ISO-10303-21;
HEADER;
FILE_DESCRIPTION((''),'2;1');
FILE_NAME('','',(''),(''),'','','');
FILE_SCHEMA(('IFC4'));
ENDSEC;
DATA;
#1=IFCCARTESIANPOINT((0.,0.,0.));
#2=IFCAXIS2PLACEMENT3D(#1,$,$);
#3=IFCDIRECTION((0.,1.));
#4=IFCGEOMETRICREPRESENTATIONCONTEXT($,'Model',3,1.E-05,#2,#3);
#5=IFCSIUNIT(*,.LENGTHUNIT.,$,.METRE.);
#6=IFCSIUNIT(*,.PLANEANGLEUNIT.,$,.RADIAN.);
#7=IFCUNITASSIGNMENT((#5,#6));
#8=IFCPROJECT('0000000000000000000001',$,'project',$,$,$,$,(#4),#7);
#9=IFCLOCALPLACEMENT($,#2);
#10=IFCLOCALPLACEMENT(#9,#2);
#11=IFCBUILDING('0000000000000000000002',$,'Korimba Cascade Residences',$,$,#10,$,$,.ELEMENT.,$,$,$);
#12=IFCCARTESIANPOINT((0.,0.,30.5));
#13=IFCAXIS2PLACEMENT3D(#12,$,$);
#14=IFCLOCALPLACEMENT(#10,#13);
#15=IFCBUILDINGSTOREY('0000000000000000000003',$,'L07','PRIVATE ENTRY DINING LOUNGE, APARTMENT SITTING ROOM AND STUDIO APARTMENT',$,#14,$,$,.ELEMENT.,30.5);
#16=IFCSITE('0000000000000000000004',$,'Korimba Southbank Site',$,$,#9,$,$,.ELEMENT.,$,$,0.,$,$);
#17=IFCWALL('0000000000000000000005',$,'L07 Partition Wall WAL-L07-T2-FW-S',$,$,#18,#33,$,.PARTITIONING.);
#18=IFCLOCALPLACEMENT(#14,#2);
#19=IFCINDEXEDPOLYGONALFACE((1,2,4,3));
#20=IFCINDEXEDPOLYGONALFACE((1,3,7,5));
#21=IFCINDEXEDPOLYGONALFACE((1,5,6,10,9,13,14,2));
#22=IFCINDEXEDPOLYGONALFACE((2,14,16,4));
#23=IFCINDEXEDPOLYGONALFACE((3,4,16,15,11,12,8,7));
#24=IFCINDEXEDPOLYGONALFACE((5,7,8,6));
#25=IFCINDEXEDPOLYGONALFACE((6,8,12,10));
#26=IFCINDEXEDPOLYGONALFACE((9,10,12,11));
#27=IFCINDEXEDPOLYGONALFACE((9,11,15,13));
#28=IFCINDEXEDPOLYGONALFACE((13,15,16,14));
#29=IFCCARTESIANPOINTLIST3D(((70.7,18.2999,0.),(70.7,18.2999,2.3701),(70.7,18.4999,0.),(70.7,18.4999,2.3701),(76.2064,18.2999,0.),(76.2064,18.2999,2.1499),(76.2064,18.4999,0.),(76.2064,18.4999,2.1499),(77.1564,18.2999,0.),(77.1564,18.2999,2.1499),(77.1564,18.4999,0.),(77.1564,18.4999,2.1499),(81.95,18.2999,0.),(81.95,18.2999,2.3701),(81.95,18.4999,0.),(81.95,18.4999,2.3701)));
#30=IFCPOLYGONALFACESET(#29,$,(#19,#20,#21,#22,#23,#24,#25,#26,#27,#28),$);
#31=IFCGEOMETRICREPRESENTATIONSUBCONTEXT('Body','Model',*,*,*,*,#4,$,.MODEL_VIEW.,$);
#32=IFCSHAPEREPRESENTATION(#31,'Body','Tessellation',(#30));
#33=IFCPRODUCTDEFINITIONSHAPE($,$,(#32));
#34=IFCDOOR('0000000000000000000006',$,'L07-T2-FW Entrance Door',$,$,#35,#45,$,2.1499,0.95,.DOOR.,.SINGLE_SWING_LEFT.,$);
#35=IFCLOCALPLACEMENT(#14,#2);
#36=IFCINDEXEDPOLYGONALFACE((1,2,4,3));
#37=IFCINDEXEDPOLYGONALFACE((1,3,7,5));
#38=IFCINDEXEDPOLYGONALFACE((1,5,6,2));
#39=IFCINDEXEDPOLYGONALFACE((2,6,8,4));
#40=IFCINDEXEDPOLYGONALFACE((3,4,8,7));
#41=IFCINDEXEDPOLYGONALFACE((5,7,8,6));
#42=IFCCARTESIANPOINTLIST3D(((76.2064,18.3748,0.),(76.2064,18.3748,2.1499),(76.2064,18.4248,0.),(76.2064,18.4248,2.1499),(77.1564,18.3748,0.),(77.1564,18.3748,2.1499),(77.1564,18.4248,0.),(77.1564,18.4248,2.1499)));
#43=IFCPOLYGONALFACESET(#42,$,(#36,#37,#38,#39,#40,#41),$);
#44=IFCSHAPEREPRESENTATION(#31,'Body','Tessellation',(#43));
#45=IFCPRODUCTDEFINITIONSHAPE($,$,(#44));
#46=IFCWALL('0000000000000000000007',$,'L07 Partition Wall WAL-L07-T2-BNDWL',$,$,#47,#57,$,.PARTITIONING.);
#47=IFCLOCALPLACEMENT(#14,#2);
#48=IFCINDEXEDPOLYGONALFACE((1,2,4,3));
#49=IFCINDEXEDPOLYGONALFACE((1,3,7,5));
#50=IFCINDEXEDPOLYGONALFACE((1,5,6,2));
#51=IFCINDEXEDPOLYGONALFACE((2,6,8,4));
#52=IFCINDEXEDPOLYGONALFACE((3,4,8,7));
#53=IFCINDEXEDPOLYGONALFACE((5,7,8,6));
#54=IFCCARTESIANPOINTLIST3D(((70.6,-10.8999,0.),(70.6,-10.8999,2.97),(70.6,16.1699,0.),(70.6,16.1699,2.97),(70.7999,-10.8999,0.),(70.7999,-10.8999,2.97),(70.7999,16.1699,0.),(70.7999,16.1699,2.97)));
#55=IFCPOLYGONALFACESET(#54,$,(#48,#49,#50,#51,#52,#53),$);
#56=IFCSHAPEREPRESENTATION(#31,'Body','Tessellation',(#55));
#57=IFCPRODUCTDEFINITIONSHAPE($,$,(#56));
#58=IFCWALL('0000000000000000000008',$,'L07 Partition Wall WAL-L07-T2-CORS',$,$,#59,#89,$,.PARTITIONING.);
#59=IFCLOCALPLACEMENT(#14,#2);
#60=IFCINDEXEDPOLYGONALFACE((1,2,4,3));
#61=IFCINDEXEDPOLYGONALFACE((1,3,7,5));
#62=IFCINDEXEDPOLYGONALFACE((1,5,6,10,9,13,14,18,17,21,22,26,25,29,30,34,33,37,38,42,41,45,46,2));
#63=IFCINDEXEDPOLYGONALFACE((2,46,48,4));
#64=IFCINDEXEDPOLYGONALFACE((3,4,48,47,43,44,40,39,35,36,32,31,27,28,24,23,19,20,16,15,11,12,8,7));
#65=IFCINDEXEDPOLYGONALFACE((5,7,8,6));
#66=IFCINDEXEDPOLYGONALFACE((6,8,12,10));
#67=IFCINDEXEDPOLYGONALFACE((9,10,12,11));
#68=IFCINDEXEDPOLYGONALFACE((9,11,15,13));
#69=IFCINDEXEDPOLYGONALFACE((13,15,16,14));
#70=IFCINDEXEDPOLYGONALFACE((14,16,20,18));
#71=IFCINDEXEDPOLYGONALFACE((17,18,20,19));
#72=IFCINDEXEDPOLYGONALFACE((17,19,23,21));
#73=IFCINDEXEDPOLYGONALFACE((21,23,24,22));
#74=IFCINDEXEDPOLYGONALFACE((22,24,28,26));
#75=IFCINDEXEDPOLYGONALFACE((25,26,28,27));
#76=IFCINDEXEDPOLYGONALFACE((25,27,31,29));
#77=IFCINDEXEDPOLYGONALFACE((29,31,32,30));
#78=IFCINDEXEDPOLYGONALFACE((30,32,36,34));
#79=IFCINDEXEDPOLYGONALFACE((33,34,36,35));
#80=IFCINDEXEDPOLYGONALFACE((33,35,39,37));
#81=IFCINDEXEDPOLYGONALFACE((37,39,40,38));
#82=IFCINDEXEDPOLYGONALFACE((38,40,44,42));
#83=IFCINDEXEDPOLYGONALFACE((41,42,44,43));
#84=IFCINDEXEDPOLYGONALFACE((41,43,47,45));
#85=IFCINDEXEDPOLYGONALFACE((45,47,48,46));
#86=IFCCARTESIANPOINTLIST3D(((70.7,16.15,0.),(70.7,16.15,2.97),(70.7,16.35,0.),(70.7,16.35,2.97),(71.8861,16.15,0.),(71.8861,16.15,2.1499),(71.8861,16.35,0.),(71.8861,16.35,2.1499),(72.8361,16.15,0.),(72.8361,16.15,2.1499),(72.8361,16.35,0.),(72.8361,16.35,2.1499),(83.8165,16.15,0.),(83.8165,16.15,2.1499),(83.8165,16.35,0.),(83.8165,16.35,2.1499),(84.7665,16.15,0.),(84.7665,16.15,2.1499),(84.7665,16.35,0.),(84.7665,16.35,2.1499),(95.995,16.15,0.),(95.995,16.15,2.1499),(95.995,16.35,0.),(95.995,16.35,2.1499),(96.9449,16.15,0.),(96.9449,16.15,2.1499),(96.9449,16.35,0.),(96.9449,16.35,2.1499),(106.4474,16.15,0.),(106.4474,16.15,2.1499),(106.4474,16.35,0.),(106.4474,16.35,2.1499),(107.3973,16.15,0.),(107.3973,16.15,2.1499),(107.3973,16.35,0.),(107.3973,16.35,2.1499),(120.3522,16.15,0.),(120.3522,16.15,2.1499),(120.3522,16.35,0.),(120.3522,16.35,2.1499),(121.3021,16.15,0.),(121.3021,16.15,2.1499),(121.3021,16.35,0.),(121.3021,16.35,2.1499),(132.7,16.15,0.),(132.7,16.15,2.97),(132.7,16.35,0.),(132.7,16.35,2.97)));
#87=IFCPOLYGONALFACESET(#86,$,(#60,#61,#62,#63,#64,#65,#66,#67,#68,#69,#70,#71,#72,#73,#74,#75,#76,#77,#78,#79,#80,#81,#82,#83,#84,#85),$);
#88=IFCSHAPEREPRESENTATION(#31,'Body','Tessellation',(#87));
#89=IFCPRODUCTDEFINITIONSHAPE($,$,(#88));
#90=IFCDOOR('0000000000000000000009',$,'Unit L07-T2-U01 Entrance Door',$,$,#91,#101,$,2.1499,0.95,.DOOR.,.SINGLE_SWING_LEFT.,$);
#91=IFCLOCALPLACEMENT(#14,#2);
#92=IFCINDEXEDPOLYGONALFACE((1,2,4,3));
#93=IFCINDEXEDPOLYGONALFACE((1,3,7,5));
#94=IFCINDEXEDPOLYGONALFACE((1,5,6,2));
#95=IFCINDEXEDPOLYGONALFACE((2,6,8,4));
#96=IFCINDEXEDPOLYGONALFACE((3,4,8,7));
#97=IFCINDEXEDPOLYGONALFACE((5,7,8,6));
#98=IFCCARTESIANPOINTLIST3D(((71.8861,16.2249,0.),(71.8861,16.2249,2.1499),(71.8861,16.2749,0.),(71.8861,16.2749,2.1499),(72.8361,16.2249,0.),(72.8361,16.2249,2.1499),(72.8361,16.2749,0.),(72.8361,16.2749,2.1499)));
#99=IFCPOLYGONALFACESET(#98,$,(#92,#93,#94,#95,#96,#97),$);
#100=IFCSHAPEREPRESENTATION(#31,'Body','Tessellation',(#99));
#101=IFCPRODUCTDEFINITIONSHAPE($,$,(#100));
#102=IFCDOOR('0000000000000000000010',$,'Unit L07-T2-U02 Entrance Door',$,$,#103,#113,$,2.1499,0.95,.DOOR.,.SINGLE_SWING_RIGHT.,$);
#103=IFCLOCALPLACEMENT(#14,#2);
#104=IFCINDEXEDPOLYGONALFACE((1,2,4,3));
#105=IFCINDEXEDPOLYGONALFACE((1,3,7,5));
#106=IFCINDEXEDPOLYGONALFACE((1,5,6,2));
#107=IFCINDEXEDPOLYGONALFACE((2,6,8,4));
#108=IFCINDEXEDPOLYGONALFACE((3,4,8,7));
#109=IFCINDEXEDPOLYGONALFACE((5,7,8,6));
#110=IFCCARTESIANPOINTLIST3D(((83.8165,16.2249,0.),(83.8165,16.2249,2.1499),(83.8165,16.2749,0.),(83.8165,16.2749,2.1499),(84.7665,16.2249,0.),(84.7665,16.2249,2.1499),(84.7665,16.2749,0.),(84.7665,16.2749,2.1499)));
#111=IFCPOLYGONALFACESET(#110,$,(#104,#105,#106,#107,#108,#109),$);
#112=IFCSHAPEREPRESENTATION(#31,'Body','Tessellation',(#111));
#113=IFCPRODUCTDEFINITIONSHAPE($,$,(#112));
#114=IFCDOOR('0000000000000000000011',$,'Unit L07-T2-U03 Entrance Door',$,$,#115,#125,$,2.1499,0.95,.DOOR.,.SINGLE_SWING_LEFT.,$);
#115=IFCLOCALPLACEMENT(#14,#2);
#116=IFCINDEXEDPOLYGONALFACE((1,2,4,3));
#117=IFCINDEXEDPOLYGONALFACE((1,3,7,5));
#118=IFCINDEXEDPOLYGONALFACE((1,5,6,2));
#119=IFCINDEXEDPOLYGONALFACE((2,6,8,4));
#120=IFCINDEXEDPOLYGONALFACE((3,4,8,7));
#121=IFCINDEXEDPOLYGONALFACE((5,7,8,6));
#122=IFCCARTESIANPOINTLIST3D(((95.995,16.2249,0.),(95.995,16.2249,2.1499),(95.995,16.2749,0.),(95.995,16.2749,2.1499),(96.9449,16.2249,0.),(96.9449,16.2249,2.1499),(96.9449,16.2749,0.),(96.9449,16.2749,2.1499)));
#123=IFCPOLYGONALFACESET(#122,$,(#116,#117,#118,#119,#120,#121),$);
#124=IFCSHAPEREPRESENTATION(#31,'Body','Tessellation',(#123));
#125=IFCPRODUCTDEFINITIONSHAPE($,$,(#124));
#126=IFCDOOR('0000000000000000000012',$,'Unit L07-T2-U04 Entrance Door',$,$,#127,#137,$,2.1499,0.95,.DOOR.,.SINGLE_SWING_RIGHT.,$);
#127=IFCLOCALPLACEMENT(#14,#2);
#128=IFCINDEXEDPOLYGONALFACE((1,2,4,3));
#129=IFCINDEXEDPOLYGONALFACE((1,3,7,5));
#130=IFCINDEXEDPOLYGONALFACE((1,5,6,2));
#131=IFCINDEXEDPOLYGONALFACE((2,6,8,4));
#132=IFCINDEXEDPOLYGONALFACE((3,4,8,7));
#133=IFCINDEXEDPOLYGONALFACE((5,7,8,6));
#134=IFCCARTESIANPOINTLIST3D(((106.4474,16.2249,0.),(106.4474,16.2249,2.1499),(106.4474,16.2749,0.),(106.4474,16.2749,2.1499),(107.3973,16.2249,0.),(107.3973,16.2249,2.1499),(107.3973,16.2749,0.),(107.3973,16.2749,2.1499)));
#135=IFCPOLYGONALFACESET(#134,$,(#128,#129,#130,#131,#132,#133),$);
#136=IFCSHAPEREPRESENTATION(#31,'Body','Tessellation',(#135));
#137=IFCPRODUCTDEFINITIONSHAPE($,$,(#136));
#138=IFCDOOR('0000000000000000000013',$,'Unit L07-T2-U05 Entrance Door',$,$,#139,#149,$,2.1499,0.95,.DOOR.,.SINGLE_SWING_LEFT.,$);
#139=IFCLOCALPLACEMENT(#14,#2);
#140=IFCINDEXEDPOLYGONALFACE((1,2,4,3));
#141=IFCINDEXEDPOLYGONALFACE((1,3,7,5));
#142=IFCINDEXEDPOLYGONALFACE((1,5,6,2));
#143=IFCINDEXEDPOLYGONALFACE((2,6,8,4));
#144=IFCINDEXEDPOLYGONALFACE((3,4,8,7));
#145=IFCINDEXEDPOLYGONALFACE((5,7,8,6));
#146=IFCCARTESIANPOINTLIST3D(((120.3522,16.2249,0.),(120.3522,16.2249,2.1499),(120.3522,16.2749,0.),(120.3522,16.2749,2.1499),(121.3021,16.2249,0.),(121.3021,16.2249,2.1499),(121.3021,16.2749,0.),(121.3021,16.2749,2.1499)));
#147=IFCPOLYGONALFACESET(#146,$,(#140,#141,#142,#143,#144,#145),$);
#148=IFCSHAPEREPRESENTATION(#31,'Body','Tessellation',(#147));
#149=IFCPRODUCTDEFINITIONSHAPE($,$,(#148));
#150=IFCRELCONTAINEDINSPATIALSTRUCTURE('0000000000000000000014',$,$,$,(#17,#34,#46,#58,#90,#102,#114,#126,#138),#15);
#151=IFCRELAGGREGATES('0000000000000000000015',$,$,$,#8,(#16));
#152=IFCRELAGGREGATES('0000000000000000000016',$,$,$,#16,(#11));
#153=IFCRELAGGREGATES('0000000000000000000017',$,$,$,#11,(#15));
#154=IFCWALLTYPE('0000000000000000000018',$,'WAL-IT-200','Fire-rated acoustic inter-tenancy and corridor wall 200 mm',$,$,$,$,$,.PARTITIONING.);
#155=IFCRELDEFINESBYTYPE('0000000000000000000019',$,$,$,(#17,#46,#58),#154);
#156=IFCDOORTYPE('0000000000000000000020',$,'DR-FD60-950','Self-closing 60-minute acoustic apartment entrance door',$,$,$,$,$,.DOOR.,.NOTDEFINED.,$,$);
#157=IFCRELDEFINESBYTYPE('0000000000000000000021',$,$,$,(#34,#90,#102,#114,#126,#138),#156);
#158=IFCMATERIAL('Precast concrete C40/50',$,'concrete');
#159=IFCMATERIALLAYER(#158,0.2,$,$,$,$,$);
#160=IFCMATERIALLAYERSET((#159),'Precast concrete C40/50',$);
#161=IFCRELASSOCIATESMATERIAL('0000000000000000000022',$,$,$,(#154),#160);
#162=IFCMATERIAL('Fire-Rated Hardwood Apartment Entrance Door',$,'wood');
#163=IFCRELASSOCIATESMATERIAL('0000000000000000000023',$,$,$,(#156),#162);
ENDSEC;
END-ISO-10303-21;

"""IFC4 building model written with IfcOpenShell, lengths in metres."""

from ifc_helpers import new_model, si_unit, direction, frame, frame_2d, origin, place, context, subcontext, project, spatial, rectangle, extrude, material, layer, layer_set, type_object, element, fill, save


model = new_model("IFC4")

# Units and contexts
model_context = context("Model", 3, precision=1e-05, world=origin(), true_north=direction((0.0, 1.0)))
body_context = subcontext(model_context, "Body", "Model", "MODEL_VIEW")
ifc_project = project(units=[si_unit("LENGTHUNIT", "METRE"), si_unit("PLANEANGLEUNIT", "RADIAN")], contexts=[model_context])

# Site, building, storey
site_placement = place(None, origin())
site = spatial("IfcSite", under=ifc_project, at=site_placement, Name="Korimba Southbank Site", CompositionType="ELEMENT", RefElevation=0.0)
building_placement = place(site_placement, origin())
building = spatial("IfcBuilding", under=site, at=building_placement, Name="Korimba Cascade Residences", CompositionType="ELEMENT")
storey_placement = place(building_placement, frame((0.0, 0.0, 30.5)))
storey = spatial("IfcBuildingStorey", under=building, at=storey_placement, Name="L07", Description="PRIVATE ENTRY DINING LOUNGE, APARTMENT SITTING ROOM AND STUDIO APARTMENT", CompositionType="ELEMENT", Elevation=30.5)

# Shared definitions
ifc_material_1 = material(Name="Precast concrete C40/50", Category="concrete")

# Shared definitions
ifc_layer_1 = layer(ifc_material_1, 0.2)
ifc_layer_set_1 = layer_set([ifc_layer_1], Name="Precast concrete C40/50")
wall_type_1 = type_object("IfcWallType", Name="WAL-IT-200", Description="Fire-rated acoustic inter-tenancy and corridor wall 200 mm", PredefinedType="PARTITIONING", material=ifc_layer_set_1)

# Wall, opening, door
wall_1_placement = place(storey_placement, frame((70.7, 18.3999, 0.0), z_axis=(0.0, 0.0, 1.0), x_axis=(1.0, 0.0, 0.0)))
wall_1 = element("IfcWall", 1, at=wall_1_placement, inside=storey, type_object=wall_type_1, Name="L07 Partition Wall WAL-L07-T2-FW-S", PredefinedType="PARTITIONING", context=body_context, shape_type="SweptSolid", body=[
    extrude(rectangle(XDim=11.25, YDim=0.2, at=frame_2d((5.625, 0.0))), origin(), (0.0, 0.0, 1.0), 2.3701),
])
opening_1_placement = place(wall_1_placement, frame((5.5063, 0.0, 0.0)))
opening_1 = element("IfcOpeningElement", 2, at=opening_1_placement, cuts=wall_1, PredefinedType="OPENING", context=body_context, shape_type="SweptSolid", body=[
    extrude(rectangle(XDim=0.95, YDim=2.1499, at=frame_2d((0.4751, 1.075))), frame((0.0, 0.1099, 0.0), z_axis=(0.0, -1.0, 0.0), x_axis=(1.0, 0.0, 0.0)), (0.0, 0.0, 1.0), 0.22),
])
ifc_material_2 = material(Name="Fire-Rated Hardwood Apartment Entrance Door", Category="wood")
door_type_1 = type_object("IfcDoorType", Name="DR-FD60-950", Description="Self-closing 60-minute acoustic apartment entrance door", OperationType="NOTDEFINED", PredefinedType="DOOR", material=ifc_material_2)
door_1_placement = place(opening_1_placement, origin())
door_1 = element("IfcDoor", 3, at=door_1_placement, inside=storey, type_object=door_type_1, Name="L07-T2-FW Entrance Door", OperationType="SINGLE_SWING_LEFT", OverallHeight=2.1499, OverallWidth=0.95, PredefinedType="DOOR", context=body_context, shape_type="SweptSolid", body=[
    extrude(rectangle(XDim=0.95, YDim=2.1499, at=frame_2d((0.4751, 1.075))), frame((0.0, 0.0249, 0.0), z_axis=(0.0, -1.0, 0.0), x_axis=(1.0, 0.0, 0.0)), (0.0, 0.0, 1.0), 0.05),
])
fill(opening_1, door_1)

# Wall
wall_2_placement = place(storey_placement, frame((70.7, -10.8999, 0.0), z_axis=(0.0, 0.0, 1.0), x_axis=(0.0, 1.0, 0.0)))
element("IfcWall", 4, at=wall_2_placement, inside=storey, type_object=wall_type_1, Name="L07 Partition Wall WAL-L07-T2-BNDWL", PredefinedType="PARTITIONING", context=body_context, shape_type="SweptSolid", body=[
    extrude(rectangle(XDim=27.0698, YDim=0.2, at=frame_2d((13.5349, 0.0))), origin(), (0.0, 0.0, 1.0), 2.97),
])

# Wall, openings, doors
wall_3_placement = place(storey_placement, frame((70.7, 16.25, 0.0), z_axis=(0.0, 0.0, 1.0), x_axis=(1.0, 0.0, 0.0)))
wall_3 = element("IfcWall", 5, at=wall_3_placement, inside=storey, type_object=wall_type_1, Name="L07 Partition Wall WAL-L07-T2-CORS", PredefinedType="PARTITIONING", context=body_context, shape_type="SweptSolid", body=[
    extrude(rectangle(XDim=62.0, YDim=0.2, at=frame_2d((31.0, 0.0))), origin(), (0.0, 0.0, 1.0), 2.97),
])
opening_2_placement = place(wall_3_placement, frame((1.186, 0.0, 0.0)))
opening_2 = element("IfcOpeningElement", 6, at=opening_2_placement, cuts=wall_3, PredefinedType="OPENING", context=body_context, shape_type="SweptSolid", body=[
    extrude(rectangle(XDim=0.95, YDim=2.1499, at=frame_2d((0.4751, 1.075))), frame((0.0, 0.1099, 0.0), z_axis=(0.0, -1.0, 0.0), x_axis=(1.0, 0.0, 0.0)), (0.0, 0.0, 1.0), 0.22),
])
opening_3_placement = place(wall_3_placement, frame((13.1165, 0.0, 0.0)))
opening_3 = element("IfcOpeningElement", 7, at=opening_3_placement, cuts=wall_3, PredefinedType="OPENING", context=body_context, shape_type="SweptSolid", body=[
    extrude(rectangle(XDim=0.95, YDim=2.1499, at=frame_2d((0.4751, 1.075))), frame((0.0, 0.1099, 0.0), z_axis=(0.0, -1.0, 0.0), x_axis=(1.0, 0.0, 0.0)), (0.0, 0.0, 1.0), 0.22),
])
opening_4_placement = place(wall_3_placement, frame((25.2949, 0.0, 0.0)))
opening_4 = element("IfcOpeningElement", 8, at=opening_4_placement, cuts=wall_3, PredefinedType="OPENING", context=body_context, shape_type="SweptSolid", body=[
    extrude(rectangle(XDim=0.95, YDim=2.1499, at=frame_2d((0.4751, 1.075))), frame((0.0, 0.1099, 0.0), z_axis=(0.0, -1.0, 0.0), x_axis=(1.0, 0.0, 0.0)), (0.0, 0.0, 1.0), 0.22),
])
opening_5_placement = place(wall_3_placement, frame((35.7473, 0.0, 0.0)))
opening_5 = element("IfcOpeningElement", 9, at=opening_5_placement, cuts=wall_3, PredefinedType="OPENING", context=body_context, shape_type="SweptSolid", body=[
    extrude(rectangle(XDim=0.95, YDim=2.1499, at=frame_2d((0.4751, 1.075))), frame((0.0, 0.1099, 0.0), z_axis=(0.0, -1.0, 0.0), x_axis=(1.0, 0.0, 0.0)), (0.0, 0.0, 1.0), 0.22),
])
opening_6_placement = place(wall_3_placement, frame((49.6521, 0.0, 0.0)))
opening_6 = element("IfcOpeningElement", 10, at=opening_6_placement, cuts=wall_3, PredefinedType="OPENING", context=body_context, shape_type="SweptSolid", body=[
    extrude(rectangle(XDim=0.95, YDim=2.1499, at=frame_2d((0.4751, 1.075))), frame((0.0, 0.1099, 0.0), z_axis=(0.0, -1.0, 0.0), x_axis=(1.0, 0.0, 0.0)), (0.0, 0.0, 1.0), 0.22),
])
door_2_placement = place(opening_2_placement, origin())
door_2 = element("IfcDoor", 11, at=door_2_placement, inside=storey, type_object=door_type_1, Name="Unit L07-T2-U01 Entrance Door", OperationType="SINGLE_SWING_LEFT", OverallHeight=2.1499, OverallWidth=0.95, PredefinedType="DOOR", context=body_context, shape_type="SweptSolid", body=[
    extrude(rectangle(XDim=0.95, YDim=2.1499, at=frame_2d((0.4751, 1.075))), frame((0.0, 0.0249, 0.0), z_axis=(0.0, -1.0, 0.0), x_axis=(1.0, 0.0, 0.0)), (0.0, 0.0, 1.0), 0.05),
])
fill(opening_2, door_2)
door_3_placement = place(opening_3_placement, origin())
door_3 = element("IfcDoor", 12, at=door_3_placement, inside=storey, type_object=door_type_1, Name="Unit L07-T2-U02 Entrance Door", OperationType="SINGLE_SWING_RIGHT", OverallHeight=2.1499, OverallWidth=0.95, PredefinedType="DOOR", context=body_context, shape_type="SweptSolid", body=[
    extrude(rectangle(XDim=0.95, YDim=2.1499, at=frame_2d((0.4751, 1.075))), frame((0.0, 0.0249, 0.0), z_axis=(0.0, -1.0, 0.0), x_axis=(1.0, 0.0, 0.0)), (0.0, 0.0, 1.0), 0.05),
])
fill(opening_3, door_3)
door_4_placement = place(opening_4_placement, origin())
door_4 = element("IfcDoor", 13, at=door_4_placement, inside=storey, type_object=door_type_1, Name="Unit L07-T2-U03 Entrance Door", OperationType="SINGLE_SWING_LEFT", OverallHeight=2.1499, OverallWidth=0.95, PredefinedType="DOOR", context=body_context, shape_type="SweptSolid", body=[
    extrude(rectangle(XDim=0.95, YDim=2.1499, at=frame_2d((0.4751, 1.075))), frame((0.0, 0.0249, 0.0), z_axis=(0.0, -1.0, 0.0), x_axis=(1.0, 0.0, 0.0)), (0.0, 0.0, 1.0), 0.05),
])
fill(opening_4, door_4)
door_5_placement = place(opening_5_placement, origin())
door_5 = element("IfcDoor", 14, at=door_5_placement, inside=storey, type_object=door_type_1, Name="Unit L07-T2-U04 Entrance Door", OperationType="SINGLE_SWING_RIGHT", OverallHeight=2.1499, OverallWidth=0.95, PredefinedType="DOOR", context=body_context, shape_type="SweptSolid", body=[
    extrude(rectangle(XDim=0.95, YDim=2.1499, at=frame_2d((0.4751, 1.075))), frame((0.0, 0.0249, 0.0), z_axis=(0.0, -1.0, 0.0), x_axis=(1.0, 0.0, 0.0)), (0.0, 0.0, 1.0), 0.05),
])
fill(opening_5, door_5)
door_6_placement = place(opening_6_placement, origin())
door_6 = element("IfcDoor", 15, at=door_6_placement, inside=storey, type_object=door_type_1, Name="Unit L07-T2-U05 Entrance Door", OperationType="SINGLE_SWING_LEFT", OverallHeight=2.1499, OverallWidth=0.95, PredefinedType="DOOR", context=body_context, shape_type="SweptSolid", body=[
    extrude(rectangle(XDim=0.95, YDim=2.1499, at=frame_2d((0.4751, 1.075))), frame((0.0, 0.0249, 0.0), z_axis=(0.0, -1.0, 0.0), x_axis=(1.0, 0.0, 0.0)), (0.0, 0.0, 1.0), 0.05),
])
fill(opening_6, door_6)

save(model, "model.ifc")
